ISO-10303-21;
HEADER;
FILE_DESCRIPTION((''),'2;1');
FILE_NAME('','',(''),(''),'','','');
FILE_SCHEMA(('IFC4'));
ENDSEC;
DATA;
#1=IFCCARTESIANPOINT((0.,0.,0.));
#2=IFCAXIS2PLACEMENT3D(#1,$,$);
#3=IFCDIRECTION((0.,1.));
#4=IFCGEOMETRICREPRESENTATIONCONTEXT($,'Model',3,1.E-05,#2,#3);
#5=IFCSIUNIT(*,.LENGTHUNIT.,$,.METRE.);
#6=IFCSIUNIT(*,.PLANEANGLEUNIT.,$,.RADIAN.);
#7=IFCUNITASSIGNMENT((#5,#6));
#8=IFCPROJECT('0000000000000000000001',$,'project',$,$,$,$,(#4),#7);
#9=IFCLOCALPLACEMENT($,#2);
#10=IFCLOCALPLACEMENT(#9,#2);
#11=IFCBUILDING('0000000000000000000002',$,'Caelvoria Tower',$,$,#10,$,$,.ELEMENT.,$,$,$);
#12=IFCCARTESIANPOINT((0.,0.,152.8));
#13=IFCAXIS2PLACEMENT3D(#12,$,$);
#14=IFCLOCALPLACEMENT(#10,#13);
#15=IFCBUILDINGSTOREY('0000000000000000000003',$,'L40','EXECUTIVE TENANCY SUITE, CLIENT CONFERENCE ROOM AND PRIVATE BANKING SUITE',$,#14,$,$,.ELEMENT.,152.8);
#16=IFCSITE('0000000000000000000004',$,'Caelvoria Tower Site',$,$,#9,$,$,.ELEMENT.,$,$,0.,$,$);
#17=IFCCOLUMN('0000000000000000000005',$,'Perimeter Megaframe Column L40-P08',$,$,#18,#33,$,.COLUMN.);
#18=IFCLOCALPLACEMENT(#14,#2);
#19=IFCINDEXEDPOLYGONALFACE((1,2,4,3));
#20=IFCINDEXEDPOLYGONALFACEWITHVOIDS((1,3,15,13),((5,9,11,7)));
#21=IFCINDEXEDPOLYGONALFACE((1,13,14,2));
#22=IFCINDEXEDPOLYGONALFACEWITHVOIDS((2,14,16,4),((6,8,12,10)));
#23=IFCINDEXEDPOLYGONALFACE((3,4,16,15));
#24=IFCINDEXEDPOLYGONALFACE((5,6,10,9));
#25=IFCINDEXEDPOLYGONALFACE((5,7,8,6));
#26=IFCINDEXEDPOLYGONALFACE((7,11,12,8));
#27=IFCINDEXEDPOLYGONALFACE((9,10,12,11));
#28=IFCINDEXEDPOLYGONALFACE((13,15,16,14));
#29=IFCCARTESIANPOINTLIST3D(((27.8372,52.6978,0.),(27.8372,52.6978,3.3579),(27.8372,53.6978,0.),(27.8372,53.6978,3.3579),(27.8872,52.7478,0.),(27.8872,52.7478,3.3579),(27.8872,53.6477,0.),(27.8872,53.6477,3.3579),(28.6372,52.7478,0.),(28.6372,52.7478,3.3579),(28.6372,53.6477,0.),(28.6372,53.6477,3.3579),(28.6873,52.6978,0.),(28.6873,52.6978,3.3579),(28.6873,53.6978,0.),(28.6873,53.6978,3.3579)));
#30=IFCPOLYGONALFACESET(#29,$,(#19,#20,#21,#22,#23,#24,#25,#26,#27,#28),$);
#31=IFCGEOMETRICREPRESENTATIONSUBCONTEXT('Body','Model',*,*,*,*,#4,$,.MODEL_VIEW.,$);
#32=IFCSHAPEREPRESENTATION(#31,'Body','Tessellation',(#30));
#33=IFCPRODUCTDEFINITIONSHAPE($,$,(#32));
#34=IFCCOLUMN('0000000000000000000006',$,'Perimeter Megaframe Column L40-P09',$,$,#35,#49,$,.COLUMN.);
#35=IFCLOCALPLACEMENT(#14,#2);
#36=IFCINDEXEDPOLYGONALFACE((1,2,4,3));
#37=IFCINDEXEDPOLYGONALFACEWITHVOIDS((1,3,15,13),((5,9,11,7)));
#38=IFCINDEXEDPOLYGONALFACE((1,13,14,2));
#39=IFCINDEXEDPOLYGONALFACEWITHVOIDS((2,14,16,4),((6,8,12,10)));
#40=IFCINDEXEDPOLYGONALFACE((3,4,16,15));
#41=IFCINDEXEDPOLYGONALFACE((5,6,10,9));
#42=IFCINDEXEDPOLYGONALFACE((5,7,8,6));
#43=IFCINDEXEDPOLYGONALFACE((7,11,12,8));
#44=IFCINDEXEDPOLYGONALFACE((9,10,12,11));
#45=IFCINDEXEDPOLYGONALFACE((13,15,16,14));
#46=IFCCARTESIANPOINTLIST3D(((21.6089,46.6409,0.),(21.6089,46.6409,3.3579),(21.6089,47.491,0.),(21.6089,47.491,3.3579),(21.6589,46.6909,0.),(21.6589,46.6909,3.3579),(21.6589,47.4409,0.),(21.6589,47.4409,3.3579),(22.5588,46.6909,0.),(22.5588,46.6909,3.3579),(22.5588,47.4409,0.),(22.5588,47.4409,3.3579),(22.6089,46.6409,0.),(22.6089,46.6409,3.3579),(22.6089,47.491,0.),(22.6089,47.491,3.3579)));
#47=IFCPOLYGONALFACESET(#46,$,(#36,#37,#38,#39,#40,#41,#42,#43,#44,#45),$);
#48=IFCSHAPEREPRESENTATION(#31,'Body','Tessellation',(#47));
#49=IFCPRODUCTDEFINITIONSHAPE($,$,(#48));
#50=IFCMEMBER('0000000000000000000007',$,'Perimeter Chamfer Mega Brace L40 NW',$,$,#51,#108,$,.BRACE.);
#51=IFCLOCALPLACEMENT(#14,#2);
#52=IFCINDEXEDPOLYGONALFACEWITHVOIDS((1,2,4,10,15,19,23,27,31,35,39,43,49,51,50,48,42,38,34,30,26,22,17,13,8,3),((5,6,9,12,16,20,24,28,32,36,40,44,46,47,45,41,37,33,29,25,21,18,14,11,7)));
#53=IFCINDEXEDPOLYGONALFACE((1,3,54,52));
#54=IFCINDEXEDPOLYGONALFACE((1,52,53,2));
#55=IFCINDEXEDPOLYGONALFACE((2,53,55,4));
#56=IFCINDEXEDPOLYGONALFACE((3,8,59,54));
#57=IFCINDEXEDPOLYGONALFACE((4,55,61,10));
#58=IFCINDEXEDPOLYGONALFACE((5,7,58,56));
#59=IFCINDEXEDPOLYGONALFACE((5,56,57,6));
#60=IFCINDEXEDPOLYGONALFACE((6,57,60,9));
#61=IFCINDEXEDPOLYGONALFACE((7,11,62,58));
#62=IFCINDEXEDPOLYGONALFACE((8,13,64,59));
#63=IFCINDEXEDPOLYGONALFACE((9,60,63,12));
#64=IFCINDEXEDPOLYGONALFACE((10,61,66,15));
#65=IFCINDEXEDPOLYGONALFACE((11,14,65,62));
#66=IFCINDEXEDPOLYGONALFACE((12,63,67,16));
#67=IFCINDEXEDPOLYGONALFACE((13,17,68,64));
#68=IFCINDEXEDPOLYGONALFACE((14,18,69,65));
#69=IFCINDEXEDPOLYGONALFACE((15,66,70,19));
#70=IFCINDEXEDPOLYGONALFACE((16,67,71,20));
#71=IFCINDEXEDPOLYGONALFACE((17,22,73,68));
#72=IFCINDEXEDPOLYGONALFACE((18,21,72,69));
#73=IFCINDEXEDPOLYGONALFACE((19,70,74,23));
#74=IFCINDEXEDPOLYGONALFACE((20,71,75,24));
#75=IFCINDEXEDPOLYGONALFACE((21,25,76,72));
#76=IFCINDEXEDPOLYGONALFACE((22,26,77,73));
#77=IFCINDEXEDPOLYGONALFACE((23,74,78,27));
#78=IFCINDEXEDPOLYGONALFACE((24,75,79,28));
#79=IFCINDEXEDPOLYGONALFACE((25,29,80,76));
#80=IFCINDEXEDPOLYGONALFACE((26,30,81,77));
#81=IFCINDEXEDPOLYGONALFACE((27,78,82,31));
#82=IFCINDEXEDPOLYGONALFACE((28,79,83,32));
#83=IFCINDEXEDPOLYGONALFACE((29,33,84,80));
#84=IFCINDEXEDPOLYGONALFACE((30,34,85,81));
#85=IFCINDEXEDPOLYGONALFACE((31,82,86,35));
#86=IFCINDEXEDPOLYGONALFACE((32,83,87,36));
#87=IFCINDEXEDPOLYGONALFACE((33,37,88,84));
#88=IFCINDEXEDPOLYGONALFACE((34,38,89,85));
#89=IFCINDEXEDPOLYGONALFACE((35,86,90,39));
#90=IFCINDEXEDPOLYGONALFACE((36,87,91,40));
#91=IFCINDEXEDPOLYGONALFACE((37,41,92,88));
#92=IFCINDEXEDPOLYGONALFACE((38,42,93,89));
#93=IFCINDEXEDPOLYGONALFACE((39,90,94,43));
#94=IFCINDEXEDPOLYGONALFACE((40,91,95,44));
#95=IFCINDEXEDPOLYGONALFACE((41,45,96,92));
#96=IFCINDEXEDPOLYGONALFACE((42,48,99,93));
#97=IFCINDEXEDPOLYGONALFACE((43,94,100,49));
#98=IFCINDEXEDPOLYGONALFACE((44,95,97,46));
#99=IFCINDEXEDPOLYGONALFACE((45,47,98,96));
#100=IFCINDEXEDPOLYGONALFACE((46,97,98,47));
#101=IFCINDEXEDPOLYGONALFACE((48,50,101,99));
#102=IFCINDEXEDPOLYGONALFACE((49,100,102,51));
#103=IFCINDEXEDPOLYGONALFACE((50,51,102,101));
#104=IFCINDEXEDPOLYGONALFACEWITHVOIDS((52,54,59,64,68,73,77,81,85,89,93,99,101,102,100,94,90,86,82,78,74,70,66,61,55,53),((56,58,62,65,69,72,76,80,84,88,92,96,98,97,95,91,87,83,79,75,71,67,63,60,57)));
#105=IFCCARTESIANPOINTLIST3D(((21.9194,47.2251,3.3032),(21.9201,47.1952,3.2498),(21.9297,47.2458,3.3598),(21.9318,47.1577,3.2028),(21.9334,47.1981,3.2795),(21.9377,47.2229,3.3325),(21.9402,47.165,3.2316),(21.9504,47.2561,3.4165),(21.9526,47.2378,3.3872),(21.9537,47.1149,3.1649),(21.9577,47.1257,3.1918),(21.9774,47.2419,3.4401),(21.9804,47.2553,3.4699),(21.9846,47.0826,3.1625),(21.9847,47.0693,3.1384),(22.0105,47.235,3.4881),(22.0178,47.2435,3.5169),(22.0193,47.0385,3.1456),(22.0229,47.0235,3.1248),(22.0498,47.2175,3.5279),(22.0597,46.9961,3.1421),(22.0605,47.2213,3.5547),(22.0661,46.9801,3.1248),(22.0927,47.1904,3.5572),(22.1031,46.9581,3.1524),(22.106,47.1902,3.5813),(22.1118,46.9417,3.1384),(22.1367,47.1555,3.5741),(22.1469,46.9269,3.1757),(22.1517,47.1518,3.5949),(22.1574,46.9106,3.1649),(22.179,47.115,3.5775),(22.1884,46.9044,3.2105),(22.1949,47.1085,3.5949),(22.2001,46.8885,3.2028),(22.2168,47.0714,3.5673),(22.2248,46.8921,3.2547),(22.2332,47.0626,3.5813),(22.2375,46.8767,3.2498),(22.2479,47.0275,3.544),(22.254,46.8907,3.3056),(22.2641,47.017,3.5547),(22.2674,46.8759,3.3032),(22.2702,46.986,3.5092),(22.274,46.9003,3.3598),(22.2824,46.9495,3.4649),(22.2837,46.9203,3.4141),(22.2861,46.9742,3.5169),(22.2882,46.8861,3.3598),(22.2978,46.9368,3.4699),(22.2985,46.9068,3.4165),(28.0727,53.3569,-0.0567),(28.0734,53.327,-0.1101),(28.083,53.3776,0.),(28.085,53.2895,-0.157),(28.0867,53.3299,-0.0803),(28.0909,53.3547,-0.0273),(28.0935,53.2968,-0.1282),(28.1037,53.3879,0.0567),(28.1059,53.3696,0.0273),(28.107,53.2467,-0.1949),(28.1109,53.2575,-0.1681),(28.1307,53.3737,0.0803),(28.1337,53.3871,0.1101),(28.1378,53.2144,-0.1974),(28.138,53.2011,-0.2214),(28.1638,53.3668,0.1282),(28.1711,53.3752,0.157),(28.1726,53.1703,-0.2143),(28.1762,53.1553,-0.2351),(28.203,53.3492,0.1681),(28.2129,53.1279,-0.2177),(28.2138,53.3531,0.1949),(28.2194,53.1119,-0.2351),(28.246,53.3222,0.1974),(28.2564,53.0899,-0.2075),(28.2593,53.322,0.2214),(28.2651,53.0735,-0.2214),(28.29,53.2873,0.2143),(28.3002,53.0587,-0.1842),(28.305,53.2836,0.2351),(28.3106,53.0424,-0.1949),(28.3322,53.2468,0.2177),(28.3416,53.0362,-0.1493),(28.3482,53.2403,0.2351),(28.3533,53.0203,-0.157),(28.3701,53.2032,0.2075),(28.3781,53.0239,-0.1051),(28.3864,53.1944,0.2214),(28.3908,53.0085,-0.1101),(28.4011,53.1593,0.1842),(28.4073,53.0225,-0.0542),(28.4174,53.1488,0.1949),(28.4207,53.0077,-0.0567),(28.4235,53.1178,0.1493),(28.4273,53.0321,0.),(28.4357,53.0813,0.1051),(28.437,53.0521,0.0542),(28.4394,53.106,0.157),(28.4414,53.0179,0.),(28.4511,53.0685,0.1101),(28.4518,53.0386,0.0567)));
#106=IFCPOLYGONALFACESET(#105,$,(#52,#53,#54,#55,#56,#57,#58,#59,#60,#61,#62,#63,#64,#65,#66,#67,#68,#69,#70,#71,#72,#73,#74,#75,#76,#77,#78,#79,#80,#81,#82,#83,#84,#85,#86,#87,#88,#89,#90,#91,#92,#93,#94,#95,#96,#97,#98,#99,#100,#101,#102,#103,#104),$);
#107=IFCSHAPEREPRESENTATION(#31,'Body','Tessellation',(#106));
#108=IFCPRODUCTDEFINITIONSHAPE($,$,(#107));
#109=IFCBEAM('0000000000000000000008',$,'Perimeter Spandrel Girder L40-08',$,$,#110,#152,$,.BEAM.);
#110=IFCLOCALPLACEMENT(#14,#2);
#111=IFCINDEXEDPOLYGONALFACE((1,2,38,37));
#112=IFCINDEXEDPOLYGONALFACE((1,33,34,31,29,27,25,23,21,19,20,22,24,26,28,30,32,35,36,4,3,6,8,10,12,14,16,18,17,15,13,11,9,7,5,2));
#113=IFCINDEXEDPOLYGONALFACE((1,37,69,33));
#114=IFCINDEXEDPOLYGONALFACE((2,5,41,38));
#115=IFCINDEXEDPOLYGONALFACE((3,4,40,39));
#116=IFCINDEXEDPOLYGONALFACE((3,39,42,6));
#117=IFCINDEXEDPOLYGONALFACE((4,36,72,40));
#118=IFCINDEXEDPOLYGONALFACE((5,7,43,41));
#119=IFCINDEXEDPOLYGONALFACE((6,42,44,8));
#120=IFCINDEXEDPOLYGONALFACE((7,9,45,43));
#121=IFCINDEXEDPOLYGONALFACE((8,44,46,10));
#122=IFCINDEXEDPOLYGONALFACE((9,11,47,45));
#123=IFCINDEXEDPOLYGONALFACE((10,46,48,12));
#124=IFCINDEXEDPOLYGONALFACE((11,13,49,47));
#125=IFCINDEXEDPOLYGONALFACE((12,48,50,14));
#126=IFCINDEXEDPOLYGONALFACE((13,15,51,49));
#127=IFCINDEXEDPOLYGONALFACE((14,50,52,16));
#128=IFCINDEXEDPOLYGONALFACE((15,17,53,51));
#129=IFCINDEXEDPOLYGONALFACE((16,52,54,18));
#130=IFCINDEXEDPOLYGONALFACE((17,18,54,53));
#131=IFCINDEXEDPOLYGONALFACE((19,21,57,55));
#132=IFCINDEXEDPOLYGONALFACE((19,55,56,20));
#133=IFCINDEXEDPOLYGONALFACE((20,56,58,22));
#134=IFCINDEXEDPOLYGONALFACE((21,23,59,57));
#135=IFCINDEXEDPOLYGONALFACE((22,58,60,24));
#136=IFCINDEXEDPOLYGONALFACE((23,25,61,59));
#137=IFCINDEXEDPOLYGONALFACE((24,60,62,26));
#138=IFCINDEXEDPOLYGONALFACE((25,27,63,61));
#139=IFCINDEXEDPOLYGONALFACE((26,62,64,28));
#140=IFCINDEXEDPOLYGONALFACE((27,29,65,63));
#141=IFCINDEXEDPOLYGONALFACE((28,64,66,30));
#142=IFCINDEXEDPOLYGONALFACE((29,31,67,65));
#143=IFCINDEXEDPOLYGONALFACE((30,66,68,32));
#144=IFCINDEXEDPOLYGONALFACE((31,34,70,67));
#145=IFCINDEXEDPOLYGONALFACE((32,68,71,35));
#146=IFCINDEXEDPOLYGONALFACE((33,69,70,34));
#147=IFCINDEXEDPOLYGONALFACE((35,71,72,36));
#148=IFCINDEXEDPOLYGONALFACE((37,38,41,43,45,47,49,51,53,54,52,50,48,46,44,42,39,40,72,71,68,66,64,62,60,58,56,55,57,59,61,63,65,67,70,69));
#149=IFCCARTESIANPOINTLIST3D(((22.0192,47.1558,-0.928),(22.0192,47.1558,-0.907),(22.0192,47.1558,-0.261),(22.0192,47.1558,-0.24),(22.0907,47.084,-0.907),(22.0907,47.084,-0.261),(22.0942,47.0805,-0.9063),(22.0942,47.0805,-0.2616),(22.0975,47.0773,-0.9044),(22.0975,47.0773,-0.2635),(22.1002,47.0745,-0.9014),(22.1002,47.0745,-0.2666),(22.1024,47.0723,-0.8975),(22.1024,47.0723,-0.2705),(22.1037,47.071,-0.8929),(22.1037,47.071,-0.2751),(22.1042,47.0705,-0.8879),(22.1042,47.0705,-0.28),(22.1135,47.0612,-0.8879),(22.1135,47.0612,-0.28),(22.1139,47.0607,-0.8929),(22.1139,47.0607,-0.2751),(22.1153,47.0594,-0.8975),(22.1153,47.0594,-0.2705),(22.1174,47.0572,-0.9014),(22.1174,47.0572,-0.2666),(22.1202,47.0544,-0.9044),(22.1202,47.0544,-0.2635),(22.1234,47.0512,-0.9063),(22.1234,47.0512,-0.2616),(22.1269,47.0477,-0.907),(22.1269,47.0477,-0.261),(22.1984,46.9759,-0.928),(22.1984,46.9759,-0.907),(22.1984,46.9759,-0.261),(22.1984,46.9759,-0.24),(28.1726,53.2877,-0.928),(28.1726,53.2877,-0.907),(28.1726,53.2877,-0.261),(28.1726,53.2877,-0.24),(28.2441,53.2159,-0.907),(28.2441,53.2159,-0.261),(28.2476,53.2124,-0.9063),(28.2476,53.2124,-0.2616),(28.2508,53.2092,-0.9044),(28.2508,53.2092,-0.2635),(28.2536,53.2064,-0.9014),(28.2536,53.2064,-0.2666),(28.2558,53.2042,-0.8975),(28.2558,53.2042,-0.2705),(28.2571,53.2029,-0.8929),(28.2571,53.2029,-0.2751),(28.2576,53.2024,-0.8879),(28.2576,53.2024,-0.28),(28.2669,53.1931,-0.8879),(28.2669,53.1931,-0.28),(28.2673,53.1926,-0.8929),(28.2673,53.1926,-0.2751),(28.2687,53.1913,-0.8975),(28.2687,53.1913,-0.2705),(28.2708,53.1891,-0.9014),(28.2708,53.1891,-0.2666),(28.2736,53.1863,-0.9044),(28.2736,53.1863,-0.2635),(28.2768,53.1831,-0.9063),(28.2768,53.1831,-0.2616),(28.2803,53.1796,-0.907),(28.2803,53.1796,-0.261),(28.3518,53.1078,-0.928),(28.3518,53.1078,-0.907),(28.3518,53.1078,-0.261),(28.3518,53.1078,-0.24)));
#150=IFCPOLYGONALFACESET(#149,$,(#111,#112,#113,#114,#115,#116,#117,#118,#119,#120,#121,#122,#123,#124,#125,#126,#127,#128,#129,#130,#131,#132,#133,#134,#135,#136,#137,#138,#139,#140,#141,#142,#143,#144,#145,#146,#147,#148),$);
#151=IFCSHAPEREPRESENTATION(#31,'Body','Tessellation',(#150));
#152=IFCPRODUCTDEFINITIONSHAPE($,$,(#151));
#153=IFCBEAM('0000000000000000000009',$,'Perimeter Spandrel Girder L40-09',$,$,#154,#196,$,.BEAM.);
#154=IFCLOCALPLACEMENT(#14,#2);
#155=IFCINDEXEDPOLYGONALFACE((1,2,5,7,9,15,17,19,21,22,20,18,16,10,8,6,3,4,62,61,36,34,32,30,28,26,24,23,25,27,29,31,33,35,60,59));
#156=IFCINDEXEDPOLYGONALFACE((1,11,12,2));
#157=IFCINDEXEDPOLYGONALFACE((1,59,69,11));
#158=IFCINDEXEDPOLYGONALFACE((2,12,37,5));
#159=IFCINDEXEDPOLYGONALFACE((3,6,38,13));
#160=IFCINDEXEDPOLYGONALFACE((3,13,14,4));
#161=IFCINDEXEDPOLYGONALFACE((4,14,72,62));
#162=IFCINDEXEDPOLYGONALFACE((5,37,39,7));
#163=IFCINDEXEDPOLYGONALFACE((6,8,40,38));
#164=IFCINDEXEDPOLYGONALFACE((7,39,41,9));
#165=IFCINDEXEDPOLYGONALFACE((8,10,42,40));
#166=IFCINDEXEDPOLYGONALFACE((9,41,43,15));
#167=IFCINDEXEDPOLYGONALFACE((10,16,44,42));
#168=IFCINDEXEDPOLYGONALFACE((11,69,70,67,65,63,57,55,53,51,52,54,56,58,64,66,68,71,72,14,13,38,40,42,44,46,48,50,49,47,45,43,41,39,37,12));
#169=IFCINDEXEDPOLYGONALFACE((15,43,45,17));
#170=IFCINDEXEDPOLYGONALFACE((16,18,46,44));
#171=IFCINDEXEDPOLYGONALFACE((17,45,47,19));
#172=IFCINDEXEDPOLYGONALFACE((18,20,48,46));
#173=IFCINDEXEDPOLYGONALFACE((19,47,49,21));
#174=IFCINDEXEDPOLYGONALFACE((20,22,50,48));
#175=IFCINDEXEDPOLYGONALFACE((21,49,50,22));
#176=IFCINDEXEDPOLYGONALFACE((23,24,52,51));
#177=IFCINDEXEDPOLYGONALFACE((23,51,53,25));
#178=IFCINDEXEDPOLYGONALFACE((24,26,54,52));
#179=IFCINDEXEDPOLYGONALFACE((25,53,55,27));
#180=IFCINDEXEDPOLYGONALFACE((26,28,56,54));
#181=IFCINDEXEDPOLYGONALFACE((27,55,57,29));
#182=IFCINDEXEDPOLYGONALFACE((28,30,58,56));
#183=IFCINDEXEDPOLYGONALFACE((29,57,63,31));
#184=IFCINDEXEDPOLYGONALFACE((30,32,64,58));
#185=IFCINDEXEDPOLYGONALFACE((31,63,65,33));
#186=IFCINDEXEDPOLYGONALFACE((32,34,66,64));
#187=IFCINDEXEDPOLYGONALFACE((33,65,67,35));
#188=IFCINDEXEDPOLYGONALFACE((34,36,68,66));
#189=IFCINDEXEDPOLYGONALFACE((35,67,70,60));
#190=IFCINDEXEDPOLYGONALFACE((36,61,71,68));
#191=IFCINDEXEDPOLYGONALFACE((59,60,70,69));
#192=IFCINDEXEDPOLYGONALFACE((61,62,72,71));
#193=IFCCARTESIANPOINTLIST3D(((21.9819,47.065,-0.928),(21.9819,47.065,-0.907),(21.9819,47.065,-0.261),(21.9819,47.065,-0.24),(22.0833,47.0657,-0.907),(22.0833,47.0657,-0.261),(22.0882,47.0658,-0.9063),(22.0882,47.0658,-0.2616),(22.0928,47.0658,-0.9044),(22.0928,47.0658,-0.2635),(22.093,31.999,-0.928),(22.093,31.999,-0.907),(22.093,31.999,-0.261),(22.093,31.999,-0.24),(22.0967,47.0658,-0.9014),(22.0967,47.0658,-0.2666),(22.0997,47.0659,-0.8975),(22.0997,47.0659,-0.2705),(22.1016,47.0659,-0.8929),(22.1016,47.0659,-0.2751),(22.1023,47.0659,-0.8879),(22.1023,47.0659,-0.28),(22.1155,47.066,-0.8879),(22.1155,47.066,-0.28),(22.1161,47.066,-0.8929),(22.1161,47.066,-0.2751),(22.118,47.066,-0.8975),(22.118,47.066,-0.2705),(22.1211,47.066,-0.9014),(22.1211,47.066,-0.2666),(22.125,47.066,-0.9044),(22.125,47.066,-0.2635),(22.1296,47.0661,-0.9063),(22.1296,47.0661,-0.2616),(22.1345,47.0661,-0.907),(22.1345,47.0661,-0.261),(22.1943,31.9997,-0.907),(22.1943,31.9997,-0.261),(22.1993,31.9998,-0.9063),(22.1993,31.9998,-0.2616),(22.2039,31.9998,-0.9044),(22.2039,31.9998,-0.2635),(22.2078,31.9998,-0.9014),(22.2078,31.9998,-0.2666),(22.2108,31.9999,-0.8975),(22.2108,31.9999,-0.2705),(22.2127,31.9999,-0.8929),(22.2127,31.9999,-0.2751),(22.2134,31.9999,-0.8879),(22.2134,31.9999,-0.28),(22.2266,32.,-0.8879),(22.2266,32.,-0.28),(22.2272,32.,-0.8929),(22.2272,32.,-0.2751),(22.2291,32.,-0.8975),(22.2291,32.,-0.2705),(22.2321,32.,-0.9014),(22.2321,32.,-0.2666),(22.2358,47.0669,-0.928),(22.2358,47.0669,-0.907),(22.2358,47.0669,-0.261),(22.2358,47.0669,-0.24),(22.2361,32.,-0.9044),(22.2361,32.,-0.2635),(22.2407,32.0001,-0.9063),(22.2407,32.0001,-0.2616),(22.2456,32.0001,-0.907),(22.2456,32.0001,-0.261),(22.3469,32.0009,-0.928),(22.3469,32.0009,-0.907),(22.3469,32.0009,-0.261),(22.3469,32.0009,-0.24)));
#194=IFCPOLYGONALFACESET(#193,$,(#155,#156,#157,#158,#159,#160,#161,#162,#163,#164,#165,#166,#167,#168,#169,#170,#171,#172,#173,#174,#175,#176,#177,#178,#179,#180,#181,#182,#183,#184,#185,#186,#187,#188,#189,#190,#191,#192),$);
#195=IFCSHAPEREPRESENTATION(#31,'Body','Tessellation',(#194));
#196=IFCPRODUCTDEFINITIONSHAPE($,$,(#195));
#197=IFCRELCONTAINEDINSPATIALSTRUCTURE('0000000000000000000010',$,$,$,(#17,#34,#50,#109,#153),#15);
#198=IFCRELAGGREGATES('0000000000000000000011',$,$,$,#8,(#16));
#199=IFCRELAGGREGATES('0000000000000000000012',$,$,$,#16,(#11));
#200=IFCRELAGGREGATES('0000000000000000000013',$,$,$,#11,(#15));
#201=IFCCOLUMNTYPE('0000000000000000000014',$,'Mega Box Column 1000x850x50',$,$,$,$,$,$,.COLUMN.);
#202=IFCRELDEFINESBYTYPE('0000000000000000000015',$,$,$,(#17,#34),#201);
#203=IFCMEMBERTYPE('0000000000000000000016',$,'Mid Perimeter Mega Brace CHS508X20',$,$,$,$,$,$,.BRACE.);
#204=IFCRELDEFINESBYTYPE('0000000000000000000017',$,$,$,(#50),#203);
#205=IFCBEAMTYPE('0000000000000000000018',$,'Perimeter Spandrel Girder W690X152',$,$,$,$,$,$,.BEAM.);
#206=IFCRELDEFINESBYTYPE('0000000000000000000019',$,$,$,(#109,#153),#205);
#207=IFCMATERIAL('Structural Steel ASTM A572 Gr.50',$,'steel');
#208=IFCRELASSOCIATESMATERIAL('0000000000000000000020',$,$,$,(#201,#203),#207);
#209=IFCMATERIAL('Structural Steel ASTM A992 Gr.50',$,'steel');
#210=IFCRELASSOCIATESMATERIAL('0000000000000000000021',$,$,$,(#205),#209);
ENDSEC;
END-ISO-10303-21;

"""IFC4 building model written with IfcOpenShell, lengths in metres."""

from ifc_helpers import new_model, si_unit, direction, frame, origin, origin_2d, place, context, subcontext, project, spatial, hollow_rectangle, hollow_circle, i_section, extrude, material, material_profile, profile_set, type_object, element, save


model = new_model("IFC4")

# Units and contexts
model_context = context("Model", 3, precision=1e-05, world=origin(), true_north=direction((0.0, 1.0)))
body_context = subcontext(model_context, "Body", "Model", "MODEL_VIEW")
ifc_project = project(units=[si_unit("LENGTHUNIT", "METRE"), si_unit("PLANEANGLEUNIT", "RADIAN")], contexts=[model_context])

# Site, building, storey
site_placement = place(None, origin())
site = spatial("IfcSite", under=ifc_project, at=site_placement, Name="Caelvoria Tower Site", CompositionType="ELEMENT", RefElevation=0.0)
building_placement = place(site_placement, origin())
building = spatial("IfcBuilding", under=site, at=building_placement, Name="Caelvoria Tower", CompositionType="ELEMENT")
storey_placement = place(building_placement, frame((0.0, 0.0, 152.8)))
storey = spatial("IfcBuildingStorey", under=building, at=storey_placement, Name="L40", Description="EXECUTIVE TENANCY SUITE, CLIENT CONFERENCE ROOM AND PRIVATE BANKING SUITE", CompositionType="ELEMENT", Elevation=152.8)

# Columns
ifc_material_1 = material(Name="Structural Steel ASTM A572 Gr.50", Category="steel")
ifc_material_profile_1 = material_profile(ifc_material_1, hollow_rectangle(XDim=0.8501, YDim=1.0, WallThickness=0.05, at=origin_2d()), Name="Structural Steel ASTM A572 Gr.50")
ifc_profile_set_1 = profile_set([ifc_material_profile_1], Name="BOX1000X850X50 - Structural Steel ASTM A572 Gr.50")
column_type = type_object("IfcColumnType", Name="Mega Box Column 1000x850x50", PredefinedType="COLUMN", material=ifc_profile_set_1)
for number, where, z_axis, x_axis, name in (
    (1, (28.2622, 53.1978, 0.0), (0.0, 0.0, 1.0), (1.0, 0.0, 0.0), "Perimeter Megaframe Column L40-P08"),
    (2, (22.1089, 47.0659, 0.0), (0.0, 0.0, 1.0), (0.0, 1.0, 0.0), "Perimeter Megaframe Column L40-P09"),
):
    element("IfcColumn", number, at=place(storey_placement, frame(where, z_axis=z_axis, x_axis=x_axis)), inside=storey, type_object=column_type, Name=name, PredefinedType="COLUMN", context=body_context, shape_type="SweptSolid", body=[
        extrude(hollow_rectangle(XDim=0.8501, YDim=1.0, WallThickness=0.05, at=origin_2d()), origin(), (0.0, 0.0, 1.0), 3.3579),
    ])

# Member
ifc_material_profile_2 = material_profile(ifc_material_1, hollow_circle(Radius=0.2539, WallThickness=0.02, at=origin_2d()), Name="Structural Steel ASTM A572 Gr.50")
ifc_profile_set_2 = profile_set([ifc_material_profile_2], Name="CHS508X20 - Structural Steel ASTM A572 Gr.50")
member_type = type_object("IfcMemberType", Name="Mid Perimeter Mega Brace CHS508X20", PredefinedType="BRACE", material=ifc_profile_set_2)
member_placement = place(storey_placement, frame((28.2622, 53.1978, 0.0), z_axis=(-0.66065, -0.658343, 0.360731), x_axis=(0.705869, -0.708342, 0.0)))
element("IfcMember", 3, at=member_placement, inside=storey, type_object=member_type, Name="Perimeter Chamfer Mega Brace L40 NW", PredefinedType="BRACE", context=body_context, shape_type="SweptSolid", body=[
    extrude(hollow_circle(Radius=0.2539, WallThickness=0.02, at=origin_2d()), origin(), (0.0, 0.0, 1.0), 9.314),
])

# Beams
ifc_material_2 = material(Name="Structural Steel ASTM A992 Gr.50", Category="steel")
ifc_material_profile_3 = material_profile(ifc_material_2, i_section(OverallWidth=0.2539, OverallDepth=0.688, WebThickness=0.0132, FlangeThickness=0.021, FilletRadius=0.019, at=origin_2d()), Name="Structural Steel ASTM A992 Gr.50")
ifc_profile_set_3 = profile_set([ifc_material_profile_3], Name="W690X152 - Structural Steel ASTM A992 Gr.50")
beam_type_1 = type_object("IfcBeamType", Name="Perimeter Spandrel Girder W690X152", PredefinedType="BEAM", material=ifc_profile_set_3)
beam_1_placement = place(storey_placement, frame((28.2622, 53.1978, -0.584), z_axis=(-0.708342, -0.705869, 0.0), x_axis=(0.705869, -0.708342, 0.0)))
element("IfcBeam", 4, at=beam_1_placement, inside=storey, type_object=beam_type_1, Name="Perimeter Spandrel Girder L40-08", PredefinedType="BEAM", context=body_context, shape_type="SweptSolid", body=[
    extrude(i_section(OverallWidth=0.2539, OverallDepth=0.688, WebThickness=0.0132, FlangeThickness=0.021, FilletRadius=0.019, at=origin_2d()), origin(), (0.0, 0.0, 1.0), 8.687),
])
beam_2_placement = place(storey_placement, frame((22.1089, 47.0659, -0.584), z_axis=(0.007373, -0.999973, 0.0), x_axis=(0.999973, 0.007373, 0.0)))
element("IfcBeam", 5, at=beam_2_placement, inside=storey, type_object=beam_type_1, Name="Perimeter Spandrel Girder L40-09", PredefinedType="BEAM", context=body_context, shape_type="SweptSolid", body=[
    extrude(i_section(OverallWidth=0.2539, OverallDepth=0.688, WebThickness=0.0132, FlangeThickness=0.021, FilletRadius=0.019, at=origin_2d()), origin(), (0.0, 0.0, 1.0), 15.0664),
])

save(model, "model.ifc")
